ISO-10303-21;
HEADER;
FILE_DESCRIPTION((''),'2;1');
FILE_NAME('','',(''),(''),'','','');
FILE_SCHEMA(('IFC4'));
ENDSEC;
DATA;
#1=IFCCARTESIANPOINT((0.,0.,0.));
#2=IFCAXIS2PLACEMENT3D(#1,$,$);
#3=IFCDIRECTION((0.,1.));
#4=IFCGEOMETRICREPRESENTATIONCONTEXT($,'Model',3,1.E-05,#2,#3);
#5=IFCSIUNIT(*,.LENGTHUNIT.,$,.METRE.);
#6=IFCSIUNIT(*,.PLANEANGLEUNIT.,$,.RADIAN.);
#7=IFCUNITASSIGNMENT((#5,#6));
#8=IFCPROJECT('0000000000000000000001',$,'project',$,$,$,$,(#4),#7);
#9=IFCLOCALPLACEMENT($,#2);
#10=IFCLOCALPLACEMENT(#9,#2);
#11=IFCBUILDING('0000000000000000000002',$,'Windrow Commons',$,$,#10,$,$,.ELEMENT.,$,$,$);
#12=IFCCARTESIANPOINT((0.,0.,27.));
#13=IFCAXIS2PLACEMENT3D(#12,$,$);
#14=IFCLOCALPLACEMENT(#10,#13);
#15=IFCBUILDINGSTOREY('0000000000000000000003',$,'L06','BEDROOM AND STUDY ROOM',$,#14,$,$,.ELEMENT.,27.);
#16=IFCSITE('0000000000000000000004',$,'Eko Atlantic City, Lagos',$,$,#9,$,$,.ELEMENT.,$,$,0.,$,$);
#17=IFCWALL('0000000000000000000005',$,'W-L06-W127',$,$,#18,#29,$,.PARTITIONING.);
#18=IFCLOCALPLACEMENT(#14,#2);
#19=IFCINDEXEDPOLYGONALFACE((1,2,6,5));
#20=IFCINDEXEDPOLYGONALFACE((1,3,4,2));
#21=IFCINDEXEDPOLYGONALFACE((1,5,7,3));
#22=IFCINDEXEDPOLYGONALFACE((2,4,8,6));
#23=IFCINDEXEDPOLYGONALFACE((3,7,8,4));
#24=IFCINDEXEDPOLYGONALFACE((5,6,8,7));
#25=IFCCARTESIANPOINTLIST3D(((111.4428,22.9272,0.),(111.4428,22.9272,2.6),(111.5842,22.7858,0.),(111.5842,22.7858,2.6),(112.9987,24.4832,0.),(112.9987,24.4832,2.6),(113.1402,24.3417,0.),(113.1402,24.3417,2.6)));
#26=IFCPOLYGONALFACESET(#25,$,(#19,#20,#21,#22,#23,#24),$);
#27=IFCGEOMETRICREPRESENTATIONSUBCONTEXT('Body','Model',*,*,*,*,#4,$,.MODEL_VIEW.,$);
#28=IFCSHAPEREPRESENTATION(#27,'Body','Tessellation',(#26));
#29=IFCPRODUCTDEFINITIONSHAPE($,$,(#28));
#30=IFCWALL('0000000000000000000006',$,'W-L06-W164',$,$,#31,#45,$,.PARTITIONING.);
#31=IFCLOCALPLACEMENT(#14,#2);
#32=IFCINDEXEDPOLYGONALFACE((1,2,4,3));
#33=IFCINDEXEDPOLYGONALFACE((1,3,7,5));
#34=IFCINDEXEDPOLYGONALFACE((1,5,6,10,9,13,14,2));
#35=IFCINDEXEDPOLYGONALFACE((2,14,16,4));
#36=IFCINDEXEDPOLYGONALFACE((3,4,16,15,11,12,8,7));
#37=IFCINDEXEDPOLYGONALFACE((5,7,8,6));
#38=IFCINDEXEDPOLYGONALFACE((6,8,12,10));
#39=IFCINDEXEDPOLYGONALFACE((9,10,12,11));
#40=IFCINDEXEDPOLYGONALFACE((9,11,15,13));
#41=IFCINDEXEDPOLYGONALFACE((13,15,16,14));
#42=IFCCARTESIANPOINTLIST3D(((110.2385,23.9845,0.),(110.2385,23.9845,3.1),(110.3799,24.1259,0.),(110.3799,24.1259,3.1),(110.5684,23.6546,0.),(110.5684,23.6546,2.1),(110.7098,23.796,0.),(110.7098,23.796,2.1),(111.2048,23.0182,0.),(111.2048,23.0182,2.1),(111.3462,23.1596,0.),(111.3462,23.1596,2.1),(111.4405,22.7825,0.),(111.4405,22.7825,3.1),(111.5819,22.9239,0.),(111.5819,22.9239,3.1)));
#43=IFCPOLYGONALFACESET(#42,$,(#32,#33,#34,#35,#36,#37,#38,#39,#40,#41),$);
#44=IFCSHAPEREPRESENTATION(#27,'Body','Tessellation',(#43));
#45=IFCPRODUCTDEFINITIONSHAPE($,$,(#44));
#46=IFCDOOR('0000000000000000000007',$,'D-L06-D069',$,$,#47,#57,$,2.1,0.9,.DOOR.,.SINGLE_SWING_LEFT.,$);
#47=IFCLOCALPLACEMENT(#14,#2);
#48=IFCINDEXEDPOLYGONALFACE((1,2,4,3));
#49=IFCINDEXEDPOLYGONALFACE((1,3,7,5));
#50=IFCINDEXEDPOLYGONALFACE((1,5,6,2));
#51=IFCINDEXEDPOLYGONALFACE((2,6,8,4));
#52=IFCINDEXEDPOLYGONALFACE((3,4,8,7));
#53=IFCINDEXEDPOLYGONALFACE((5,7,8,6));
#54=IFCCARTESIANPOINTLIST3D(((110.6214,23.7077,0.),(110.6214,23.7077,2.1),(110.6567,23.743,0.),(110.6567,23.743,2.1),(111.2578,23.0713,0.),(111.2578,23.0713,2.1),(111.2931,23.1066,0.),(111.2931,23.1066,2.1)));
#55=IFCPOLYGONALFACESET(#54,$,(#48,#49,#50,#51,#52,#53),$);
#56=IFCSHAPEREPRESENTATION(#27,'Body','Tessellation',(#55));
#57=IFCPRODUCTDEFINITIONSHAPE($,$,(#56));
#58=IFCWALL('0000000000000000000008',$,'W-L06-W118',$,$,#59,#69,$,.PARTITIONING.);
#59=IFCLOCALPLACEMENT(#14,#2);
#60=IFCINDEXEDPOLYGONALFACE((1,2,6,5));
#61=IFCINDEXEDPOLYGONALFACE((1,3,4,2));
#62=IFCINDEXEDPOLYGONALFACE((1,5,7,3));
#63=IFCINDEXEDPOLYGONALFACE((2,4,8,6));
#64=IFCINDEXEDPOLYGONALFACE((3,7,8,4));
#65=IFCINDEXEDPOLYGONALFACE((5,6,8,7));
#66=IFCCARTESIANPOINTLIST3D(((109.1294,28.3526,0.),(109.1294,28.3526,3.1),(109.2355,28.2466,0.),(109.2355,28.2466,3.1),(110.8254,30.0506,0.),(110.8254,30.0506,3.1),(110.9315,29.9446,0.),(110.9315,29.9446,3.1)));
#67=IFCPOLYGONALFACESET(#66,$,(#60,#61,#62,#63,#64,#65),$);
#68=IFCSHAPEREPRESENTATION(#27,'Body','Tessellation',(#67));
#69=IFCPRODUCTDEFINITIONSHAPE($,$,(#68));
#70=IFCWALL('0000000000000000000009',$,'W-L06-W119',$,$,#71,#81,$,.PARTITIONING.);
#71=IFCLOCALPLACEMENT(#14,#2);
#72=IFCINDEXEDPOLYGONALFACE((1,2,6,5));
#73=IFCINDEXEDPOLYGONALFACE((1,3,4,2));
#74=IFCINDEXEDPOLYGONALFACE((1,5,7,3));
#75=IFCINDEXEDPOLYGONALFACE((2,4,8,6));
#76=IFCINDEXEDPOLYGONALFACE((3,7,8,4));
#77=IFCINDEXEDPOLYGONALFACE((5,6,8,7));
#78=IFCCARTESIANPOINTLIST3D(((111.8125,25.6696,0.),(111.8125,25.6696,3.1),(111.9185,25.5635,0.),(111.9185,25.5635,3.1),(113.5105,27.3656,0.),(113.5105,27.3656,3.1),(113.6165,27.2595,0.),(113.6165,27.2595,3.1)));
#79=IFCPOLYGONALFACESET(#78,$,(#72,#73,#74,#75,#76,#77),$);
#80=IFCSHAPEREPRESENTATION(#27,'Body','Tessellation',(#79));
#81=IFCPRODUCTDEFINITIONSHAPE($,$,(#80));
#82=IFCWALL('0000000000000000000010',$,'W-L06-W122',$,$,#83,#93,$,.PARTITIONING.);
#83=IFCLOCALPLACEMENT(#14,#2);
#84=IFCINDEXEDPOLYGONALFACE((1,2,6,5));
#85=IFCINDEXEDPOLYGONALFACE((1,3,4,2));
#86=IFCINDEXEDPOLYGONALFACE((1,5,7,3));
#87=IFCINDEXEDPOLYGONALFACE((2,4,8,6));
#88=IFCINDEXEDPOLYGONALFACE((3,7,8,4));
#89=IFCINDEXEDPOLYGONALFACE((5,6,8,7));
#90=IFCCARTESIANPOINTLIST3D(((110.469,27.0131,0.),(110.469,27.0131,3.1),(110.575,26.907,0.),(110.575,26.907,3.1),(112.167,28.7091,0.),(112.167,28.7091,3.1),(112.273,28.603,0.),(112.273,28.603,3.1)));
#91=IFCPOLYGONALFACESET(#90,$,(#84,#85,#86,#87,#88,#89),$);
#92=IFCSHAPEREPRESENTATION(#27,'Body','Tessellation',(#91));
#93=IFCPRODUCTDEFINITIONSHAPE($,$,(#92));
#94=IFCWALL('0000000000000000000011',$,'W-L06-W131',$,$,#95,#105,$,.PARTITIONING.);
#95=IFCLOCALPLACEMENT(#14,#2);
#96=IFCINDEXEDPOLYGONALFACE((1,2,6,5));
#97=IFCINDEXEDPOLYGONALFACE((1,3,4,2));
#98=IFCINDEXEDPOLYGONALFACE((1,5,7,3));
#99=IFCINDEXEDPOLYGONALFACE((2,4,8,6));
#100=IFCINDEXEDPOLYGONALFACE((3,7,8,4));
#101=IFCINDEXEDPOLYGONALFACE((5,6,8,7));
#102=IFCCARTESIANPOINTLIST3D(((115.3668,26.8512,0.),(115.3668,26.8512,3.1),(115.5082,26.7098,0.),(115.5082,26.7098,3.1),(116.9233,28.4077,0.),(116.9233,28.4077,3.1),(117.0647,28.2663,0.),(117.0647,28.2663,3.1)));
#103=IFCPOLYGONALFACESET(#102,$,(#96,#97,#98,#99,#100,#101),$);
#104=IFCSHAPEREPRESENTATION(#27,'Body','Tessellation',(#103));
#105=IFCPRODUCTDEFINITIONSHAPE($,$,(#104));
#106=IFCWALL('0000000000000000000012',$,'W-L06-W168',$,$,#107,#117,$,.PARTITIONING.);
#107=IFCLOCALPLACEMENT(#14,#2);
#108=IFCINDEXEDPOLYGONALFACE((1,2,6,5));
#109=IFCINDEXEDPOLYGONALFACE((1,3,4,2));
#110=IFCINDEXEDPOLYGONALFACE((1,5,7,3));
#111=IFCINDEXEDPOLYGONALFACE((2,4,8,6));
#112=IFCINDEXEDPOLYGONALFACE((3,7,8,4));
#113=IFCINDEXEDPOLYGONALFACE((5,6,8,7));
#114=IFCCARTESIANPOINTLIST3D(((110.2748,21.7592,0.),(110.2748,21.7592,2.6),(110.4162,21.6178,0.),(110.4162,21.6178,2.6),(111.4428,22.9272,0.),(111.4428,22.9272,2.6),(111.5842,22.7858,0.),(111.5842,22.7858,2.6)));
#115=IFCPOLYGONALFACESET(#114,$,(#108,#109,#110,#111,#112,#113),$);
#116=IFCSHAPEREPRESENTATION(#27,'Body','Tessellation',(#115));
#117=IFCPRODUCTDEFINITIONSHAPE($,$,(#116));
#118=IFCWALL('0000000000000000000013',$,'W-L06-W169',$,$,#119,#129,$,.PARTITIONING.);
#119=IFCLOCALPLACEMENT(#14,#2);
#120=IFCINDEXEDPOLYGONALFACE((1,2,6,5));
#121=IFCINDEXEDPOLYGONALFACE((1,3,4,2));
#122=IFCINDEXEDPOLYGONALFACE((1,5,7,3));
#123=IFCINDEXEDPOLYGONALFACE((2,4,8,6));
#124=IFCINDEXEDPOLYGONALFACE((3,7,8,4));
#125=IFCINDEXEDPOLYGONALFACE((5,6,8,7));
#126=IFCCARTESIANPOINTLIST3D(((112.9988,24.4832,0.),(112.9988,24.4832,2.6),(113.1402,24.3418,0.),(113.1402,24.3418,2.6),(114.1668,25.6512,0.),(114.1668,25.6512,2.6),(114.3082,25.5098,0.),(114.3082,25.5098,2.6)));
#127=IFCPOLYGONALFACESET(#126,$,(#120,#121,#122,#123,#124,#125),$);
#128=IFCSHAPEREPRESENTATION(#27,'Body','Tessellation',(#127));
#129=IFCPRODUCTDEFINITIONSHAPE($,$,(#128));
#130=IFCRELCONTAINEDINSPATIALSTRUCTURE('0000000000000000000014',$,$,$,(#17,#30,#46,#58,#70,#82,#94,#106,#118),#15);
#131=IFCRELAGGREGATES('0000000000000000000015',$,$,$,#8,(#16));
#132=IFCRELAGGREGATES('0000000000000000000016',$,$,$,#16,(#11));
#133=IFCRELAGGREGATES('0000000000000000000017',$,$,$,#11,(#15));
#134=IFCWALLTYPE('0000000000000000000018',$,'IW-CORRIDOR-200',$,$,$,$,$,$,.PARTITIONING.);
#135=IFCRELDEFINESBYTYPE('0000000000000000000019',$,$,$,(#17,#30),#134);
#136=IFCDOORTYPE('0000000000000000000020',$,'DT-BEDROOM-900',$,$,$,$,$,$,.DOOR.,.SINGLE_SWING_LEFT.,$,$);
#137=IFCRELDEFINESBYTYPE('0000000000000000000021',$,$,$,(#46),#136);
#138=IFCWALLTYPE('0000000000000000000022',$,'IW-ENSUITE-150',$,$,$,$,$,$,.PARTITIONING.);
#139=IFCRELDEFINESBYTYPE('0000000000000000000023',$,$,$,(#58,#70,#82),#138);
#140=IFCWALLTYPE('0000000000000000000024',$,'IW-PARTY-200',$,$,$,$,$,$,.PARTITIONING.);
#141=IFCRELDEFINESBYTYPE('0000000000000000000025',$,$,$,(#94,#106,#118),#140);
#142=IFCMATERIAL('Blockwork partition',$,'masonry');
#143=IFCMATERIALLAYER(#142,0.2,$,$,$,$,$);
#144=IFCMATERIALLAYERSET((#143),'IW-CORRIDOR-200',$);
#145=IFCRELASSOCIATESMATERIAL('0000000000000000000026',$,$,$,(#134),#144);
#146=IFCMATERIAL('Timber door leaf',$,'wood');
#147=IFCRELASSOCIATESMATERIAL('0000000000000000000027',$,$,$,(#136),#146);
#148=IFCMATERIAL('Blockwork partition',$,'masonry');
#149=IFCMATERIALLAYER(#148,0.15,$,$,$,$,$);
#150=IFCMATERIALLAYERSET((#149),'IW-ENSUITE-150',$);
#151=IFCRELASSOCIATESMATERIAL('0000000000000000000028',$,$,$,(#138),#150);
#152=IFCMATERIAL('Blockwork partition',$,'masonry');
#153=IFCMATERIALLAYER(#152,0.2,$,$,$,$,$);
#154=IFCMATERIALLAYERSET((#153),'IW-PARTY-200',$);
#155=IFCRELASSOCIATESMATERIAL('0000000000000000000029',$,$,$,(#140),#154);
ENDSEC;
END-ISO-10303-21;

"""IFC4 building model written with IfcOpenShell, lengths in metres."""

from ifc_helpers import new_model, si_unit, direction, frame, frame_2d, origin, place, context, subcontext, project, spatial, rectangle, extrude, material, layer, layer_set, type_object, element, fill, save


model = new_model("IFC4")

# Units and contexts
model_context = context("Model", 3, precision=1e-05, world=origin(), true_north=direction((0.0, 1.0)))
body_context = subcontext(model_context, "Body", "Model", "MODEL_VIEW")
ifc_project = project(units=[si_unit("LENGTHUNIT", "METRE"), si_unit("PLANEANGLEUNIT", "RADIAN")], contexts=[model_context])

# Site, building, storey
site_placement = place(None, origin())
site = spatial("IfcSite", under=ifc_project, at=site_placement, Name="Eko Atlantic City, Lagos", CompositionType="ELEMENT", RefElevation=0.0)
building_placement = place(site_placement, origin())
building = spatial("IfcBuilding", under=site, at=building_placement, Name="Windrow Commons", CompositionType="ELEMENT")
storey_placement = place(building_placement, frame((0.0, 0.0, 27.0)))
storey = spatial("IfcBuildingStorey", under=building, at=storey_placement, Name="L06", Description="BEDROOM AND STUDY ROOM", CompositionType="ELEMENT", Elevation=27.0)

# Wall
ifc_material_1 = material(Name="Blockwork partition", Category="masonry")
ifc_layer_1 = layer(ifc_material_1, 0.2)
ifc_layer_set_1 = layer_set([ifc_layer_1], Name="IW-CORRIDOR-200")
wall_type_1 = type_object("IfcWallType", Name="IW-CORRIDOR-200", PredefinedType="PARTITIONING", material=ifc_layer_set_1)
wall_1_placement = place(storey_placement, frame((111.5135, 22.8565, 0.0), z_axis=(0.0, 0.0, 1.0), x_axis=(0.707107, 0.707107, 0.0)))
element("IfcWall", 1, at=wall_1_placement, inside=storey, type_object=wall_type_1, Name="W-L06-W127", PredefinedType="PARTITIONING", context=body_context, shape_type="SweptSolid", body=[
    extrude(rectangle(XDim=2.2005, YDim=0.2, at=frame_2d((1.1002, 0.0))), origin(), (0.0, 0.0, 1.0), 2.6),
])

# Wall, opening, door
wall_2_placement = place(storey_placement, frame((110.3092, 24.0552, 0.0), z_axis=(0.0, 0.0, 1.0), x_axis=(0.707107, -0.707107, 0.0)))
wall_2 = element("IfcWall", 2, at=wall_2_placement, inside=storey, type_object=wall_type_1, Name="W-L06-W164", PredefinedType="PARTITIONING", context=body_context, shape_type="SweptSolid", body=[
    extrude(rectangle(XDim=1.6999, YDim=0.2, at=frame_2d((0.8499, 0.0))), origin(), (0.0, 0.0, 1.0), 3.1),
])
opening_1_placement = place(wall_2_placement, frame((0.4665, 0.0, 0.0)))
opening_1 = element("IfcOpeningElement", 3, at=opening_1_placement, cuts=wall_2, PredefinedType="OPENING", context=body_context, shape_type="SweptSolid", body=[
    extrude(rectangle(XDim=0.9, YDim=2.1, at=frame_2d((0.45, 1.05))), frame((0.0, 0.11, 0.0), z_axis=(0.0, -1.0, 0.0), x_axis=(1.0, 0.0, 0.0)), (0.0, 0.0, 1.0), 0.22),
])
ifc_material_2 = material(Name="Timber door leaf", Category="wood")
door_type = type_object("IfcDoorType", Name="DT-BEDROOM-900", OperationType="SINGLE_SWING_LEFT", PredefinedType="DOOR", material=ifc_material_2)
door_placement = place(opening_1_placement, origin())
door = element("IfcDoor", 4, at=door_placement, inside=storey, type_object=door_type, Name="D-L06-D069", OperationType="SINGLE_SWING_LEFT", OverallHeight=2.1, OverallWidth=0.9, PredefinedType="DOOR", context=body_context, shape_type="SweptSolid", body=[
    extrude(rectangle(XDim=0.9, YDim=2.1, at=frame_2d((0.45, 1.05))), frame((0.0, 0.025, 0.0), z_axis=(0.0, -1.0, 0.0), x_axis=(1.0, 0.0, 0.0)), (0.0, 0.0, 1.0), 0.05),
])
fill(opening_1, door)

# Walls
ifc_material_3 = material(Name="Blockwork partition", Category="masonry")
ifc_layer_2 = layer(ifc_material_3, 0.15)
ifc_layer_set_2 = layer_set([ifc_layer_2], Name="IW-ENSUITE-150")
wall_type_2 = type_object("IfcWallType", Name="IW-ENSUITE-150", PredefinedType="PARTITIONING", material=ifc_layer_set_2)
for number, where, z_axis, x_axis, name in (
    (5, (109.1824, 28.2996, 0.0), (0.0, 0.0, 1.0), (0.70669, 0.707523, 0.0), "W-L06-W118"),
    (6, (111.8655, 25.6165, 0.0), (0.0, 0.0, 1.0), (0.707523, 0.70669, 0.0), "W-L06-W119"),
    (7, (110.522, 26.96, 0.0), (0.0, 0.0, 1.0), (0.707523, 0.70669, 0.0), "W-L06-W122"),
):
    element("IfcWall", number, at=place(storey_placement, frame(where, z_axis=z_axis, x_axis=x_axis)), inside=storey, type_object=wall_type_2, Name=name, PredefinedType="PARTITIONING", context=body_context, shape_type="SweptSolid", body=[
        extrude(rectangle(XDim=2.3999, YDim=0.15, at=frame_2d((1.2, 0.0))), origin(), (0.0, 0.0, 1.0), 3.1),
    ])
ifc_material_4 = material(Name="Blockwork partition", Category="masonry")
ifc_layer_3 = layer(ifc_material_4, 0.2)
ifc_layer_set_3 = layer_set([ifc_layer_3], Name="IW-PARTY-200")
wall_type_3 = type_object("IfcWallType", Name="IW-PARTY-200", PredefinedType="PARTITIONING", material=ifc_layer_set_3)
wall_3_placement = place(storey_placement, frame((115.4375, 26.7805, 0.0), z_axis=(0.0, 0.0, 1.0), x_axis=(0.707107, 0.707107, 0.0)))
element("IfcWall", 8, at=wall_3_placement, inside=storey, type_object=wall_type_3, Name="W-L06-W131", PredefinedType="PARTITIONING", context=body_context, shape_type="SweptSolid", body=[
    extrude(rectangle(XDim=2.2012, YDim=0.2, at=frame_2d((1.1006, 0.0))), origin(), (0.0, 0.0, 1.0), 3.1),
])
for number, where, z_axis, x_axis, name in (
    (9, (110.3455, 21.6885, 0.0), (0.0, 0.0, 1.0), (0.707107, 0.707107, 0.0), "W-L06-W168"),
    (10, (113.0695, 24.4125, 0.0), (0.0, 0.0, 1.0), (0.707107, 0.707107, 0.0), "W-L06-W169"),
):
    element("IfcWall", number, at=place(storey_placement, frame(where, z_axis=z_axis, x_axis=x_axis)), inside=storey, type_object=wall_type_3, Name=name, PredefinedType="PARTITIONING", context=body_context, shape_type="SweptSolid", body=[
        extrude(rectangle(XDim=1.6518, YDim=0.2, at=frame_2d((0.8259, 0.0))), origin(), (0.0, 0.0, 1.0), 2.6),
    ])

save(model, "model.ifc")
